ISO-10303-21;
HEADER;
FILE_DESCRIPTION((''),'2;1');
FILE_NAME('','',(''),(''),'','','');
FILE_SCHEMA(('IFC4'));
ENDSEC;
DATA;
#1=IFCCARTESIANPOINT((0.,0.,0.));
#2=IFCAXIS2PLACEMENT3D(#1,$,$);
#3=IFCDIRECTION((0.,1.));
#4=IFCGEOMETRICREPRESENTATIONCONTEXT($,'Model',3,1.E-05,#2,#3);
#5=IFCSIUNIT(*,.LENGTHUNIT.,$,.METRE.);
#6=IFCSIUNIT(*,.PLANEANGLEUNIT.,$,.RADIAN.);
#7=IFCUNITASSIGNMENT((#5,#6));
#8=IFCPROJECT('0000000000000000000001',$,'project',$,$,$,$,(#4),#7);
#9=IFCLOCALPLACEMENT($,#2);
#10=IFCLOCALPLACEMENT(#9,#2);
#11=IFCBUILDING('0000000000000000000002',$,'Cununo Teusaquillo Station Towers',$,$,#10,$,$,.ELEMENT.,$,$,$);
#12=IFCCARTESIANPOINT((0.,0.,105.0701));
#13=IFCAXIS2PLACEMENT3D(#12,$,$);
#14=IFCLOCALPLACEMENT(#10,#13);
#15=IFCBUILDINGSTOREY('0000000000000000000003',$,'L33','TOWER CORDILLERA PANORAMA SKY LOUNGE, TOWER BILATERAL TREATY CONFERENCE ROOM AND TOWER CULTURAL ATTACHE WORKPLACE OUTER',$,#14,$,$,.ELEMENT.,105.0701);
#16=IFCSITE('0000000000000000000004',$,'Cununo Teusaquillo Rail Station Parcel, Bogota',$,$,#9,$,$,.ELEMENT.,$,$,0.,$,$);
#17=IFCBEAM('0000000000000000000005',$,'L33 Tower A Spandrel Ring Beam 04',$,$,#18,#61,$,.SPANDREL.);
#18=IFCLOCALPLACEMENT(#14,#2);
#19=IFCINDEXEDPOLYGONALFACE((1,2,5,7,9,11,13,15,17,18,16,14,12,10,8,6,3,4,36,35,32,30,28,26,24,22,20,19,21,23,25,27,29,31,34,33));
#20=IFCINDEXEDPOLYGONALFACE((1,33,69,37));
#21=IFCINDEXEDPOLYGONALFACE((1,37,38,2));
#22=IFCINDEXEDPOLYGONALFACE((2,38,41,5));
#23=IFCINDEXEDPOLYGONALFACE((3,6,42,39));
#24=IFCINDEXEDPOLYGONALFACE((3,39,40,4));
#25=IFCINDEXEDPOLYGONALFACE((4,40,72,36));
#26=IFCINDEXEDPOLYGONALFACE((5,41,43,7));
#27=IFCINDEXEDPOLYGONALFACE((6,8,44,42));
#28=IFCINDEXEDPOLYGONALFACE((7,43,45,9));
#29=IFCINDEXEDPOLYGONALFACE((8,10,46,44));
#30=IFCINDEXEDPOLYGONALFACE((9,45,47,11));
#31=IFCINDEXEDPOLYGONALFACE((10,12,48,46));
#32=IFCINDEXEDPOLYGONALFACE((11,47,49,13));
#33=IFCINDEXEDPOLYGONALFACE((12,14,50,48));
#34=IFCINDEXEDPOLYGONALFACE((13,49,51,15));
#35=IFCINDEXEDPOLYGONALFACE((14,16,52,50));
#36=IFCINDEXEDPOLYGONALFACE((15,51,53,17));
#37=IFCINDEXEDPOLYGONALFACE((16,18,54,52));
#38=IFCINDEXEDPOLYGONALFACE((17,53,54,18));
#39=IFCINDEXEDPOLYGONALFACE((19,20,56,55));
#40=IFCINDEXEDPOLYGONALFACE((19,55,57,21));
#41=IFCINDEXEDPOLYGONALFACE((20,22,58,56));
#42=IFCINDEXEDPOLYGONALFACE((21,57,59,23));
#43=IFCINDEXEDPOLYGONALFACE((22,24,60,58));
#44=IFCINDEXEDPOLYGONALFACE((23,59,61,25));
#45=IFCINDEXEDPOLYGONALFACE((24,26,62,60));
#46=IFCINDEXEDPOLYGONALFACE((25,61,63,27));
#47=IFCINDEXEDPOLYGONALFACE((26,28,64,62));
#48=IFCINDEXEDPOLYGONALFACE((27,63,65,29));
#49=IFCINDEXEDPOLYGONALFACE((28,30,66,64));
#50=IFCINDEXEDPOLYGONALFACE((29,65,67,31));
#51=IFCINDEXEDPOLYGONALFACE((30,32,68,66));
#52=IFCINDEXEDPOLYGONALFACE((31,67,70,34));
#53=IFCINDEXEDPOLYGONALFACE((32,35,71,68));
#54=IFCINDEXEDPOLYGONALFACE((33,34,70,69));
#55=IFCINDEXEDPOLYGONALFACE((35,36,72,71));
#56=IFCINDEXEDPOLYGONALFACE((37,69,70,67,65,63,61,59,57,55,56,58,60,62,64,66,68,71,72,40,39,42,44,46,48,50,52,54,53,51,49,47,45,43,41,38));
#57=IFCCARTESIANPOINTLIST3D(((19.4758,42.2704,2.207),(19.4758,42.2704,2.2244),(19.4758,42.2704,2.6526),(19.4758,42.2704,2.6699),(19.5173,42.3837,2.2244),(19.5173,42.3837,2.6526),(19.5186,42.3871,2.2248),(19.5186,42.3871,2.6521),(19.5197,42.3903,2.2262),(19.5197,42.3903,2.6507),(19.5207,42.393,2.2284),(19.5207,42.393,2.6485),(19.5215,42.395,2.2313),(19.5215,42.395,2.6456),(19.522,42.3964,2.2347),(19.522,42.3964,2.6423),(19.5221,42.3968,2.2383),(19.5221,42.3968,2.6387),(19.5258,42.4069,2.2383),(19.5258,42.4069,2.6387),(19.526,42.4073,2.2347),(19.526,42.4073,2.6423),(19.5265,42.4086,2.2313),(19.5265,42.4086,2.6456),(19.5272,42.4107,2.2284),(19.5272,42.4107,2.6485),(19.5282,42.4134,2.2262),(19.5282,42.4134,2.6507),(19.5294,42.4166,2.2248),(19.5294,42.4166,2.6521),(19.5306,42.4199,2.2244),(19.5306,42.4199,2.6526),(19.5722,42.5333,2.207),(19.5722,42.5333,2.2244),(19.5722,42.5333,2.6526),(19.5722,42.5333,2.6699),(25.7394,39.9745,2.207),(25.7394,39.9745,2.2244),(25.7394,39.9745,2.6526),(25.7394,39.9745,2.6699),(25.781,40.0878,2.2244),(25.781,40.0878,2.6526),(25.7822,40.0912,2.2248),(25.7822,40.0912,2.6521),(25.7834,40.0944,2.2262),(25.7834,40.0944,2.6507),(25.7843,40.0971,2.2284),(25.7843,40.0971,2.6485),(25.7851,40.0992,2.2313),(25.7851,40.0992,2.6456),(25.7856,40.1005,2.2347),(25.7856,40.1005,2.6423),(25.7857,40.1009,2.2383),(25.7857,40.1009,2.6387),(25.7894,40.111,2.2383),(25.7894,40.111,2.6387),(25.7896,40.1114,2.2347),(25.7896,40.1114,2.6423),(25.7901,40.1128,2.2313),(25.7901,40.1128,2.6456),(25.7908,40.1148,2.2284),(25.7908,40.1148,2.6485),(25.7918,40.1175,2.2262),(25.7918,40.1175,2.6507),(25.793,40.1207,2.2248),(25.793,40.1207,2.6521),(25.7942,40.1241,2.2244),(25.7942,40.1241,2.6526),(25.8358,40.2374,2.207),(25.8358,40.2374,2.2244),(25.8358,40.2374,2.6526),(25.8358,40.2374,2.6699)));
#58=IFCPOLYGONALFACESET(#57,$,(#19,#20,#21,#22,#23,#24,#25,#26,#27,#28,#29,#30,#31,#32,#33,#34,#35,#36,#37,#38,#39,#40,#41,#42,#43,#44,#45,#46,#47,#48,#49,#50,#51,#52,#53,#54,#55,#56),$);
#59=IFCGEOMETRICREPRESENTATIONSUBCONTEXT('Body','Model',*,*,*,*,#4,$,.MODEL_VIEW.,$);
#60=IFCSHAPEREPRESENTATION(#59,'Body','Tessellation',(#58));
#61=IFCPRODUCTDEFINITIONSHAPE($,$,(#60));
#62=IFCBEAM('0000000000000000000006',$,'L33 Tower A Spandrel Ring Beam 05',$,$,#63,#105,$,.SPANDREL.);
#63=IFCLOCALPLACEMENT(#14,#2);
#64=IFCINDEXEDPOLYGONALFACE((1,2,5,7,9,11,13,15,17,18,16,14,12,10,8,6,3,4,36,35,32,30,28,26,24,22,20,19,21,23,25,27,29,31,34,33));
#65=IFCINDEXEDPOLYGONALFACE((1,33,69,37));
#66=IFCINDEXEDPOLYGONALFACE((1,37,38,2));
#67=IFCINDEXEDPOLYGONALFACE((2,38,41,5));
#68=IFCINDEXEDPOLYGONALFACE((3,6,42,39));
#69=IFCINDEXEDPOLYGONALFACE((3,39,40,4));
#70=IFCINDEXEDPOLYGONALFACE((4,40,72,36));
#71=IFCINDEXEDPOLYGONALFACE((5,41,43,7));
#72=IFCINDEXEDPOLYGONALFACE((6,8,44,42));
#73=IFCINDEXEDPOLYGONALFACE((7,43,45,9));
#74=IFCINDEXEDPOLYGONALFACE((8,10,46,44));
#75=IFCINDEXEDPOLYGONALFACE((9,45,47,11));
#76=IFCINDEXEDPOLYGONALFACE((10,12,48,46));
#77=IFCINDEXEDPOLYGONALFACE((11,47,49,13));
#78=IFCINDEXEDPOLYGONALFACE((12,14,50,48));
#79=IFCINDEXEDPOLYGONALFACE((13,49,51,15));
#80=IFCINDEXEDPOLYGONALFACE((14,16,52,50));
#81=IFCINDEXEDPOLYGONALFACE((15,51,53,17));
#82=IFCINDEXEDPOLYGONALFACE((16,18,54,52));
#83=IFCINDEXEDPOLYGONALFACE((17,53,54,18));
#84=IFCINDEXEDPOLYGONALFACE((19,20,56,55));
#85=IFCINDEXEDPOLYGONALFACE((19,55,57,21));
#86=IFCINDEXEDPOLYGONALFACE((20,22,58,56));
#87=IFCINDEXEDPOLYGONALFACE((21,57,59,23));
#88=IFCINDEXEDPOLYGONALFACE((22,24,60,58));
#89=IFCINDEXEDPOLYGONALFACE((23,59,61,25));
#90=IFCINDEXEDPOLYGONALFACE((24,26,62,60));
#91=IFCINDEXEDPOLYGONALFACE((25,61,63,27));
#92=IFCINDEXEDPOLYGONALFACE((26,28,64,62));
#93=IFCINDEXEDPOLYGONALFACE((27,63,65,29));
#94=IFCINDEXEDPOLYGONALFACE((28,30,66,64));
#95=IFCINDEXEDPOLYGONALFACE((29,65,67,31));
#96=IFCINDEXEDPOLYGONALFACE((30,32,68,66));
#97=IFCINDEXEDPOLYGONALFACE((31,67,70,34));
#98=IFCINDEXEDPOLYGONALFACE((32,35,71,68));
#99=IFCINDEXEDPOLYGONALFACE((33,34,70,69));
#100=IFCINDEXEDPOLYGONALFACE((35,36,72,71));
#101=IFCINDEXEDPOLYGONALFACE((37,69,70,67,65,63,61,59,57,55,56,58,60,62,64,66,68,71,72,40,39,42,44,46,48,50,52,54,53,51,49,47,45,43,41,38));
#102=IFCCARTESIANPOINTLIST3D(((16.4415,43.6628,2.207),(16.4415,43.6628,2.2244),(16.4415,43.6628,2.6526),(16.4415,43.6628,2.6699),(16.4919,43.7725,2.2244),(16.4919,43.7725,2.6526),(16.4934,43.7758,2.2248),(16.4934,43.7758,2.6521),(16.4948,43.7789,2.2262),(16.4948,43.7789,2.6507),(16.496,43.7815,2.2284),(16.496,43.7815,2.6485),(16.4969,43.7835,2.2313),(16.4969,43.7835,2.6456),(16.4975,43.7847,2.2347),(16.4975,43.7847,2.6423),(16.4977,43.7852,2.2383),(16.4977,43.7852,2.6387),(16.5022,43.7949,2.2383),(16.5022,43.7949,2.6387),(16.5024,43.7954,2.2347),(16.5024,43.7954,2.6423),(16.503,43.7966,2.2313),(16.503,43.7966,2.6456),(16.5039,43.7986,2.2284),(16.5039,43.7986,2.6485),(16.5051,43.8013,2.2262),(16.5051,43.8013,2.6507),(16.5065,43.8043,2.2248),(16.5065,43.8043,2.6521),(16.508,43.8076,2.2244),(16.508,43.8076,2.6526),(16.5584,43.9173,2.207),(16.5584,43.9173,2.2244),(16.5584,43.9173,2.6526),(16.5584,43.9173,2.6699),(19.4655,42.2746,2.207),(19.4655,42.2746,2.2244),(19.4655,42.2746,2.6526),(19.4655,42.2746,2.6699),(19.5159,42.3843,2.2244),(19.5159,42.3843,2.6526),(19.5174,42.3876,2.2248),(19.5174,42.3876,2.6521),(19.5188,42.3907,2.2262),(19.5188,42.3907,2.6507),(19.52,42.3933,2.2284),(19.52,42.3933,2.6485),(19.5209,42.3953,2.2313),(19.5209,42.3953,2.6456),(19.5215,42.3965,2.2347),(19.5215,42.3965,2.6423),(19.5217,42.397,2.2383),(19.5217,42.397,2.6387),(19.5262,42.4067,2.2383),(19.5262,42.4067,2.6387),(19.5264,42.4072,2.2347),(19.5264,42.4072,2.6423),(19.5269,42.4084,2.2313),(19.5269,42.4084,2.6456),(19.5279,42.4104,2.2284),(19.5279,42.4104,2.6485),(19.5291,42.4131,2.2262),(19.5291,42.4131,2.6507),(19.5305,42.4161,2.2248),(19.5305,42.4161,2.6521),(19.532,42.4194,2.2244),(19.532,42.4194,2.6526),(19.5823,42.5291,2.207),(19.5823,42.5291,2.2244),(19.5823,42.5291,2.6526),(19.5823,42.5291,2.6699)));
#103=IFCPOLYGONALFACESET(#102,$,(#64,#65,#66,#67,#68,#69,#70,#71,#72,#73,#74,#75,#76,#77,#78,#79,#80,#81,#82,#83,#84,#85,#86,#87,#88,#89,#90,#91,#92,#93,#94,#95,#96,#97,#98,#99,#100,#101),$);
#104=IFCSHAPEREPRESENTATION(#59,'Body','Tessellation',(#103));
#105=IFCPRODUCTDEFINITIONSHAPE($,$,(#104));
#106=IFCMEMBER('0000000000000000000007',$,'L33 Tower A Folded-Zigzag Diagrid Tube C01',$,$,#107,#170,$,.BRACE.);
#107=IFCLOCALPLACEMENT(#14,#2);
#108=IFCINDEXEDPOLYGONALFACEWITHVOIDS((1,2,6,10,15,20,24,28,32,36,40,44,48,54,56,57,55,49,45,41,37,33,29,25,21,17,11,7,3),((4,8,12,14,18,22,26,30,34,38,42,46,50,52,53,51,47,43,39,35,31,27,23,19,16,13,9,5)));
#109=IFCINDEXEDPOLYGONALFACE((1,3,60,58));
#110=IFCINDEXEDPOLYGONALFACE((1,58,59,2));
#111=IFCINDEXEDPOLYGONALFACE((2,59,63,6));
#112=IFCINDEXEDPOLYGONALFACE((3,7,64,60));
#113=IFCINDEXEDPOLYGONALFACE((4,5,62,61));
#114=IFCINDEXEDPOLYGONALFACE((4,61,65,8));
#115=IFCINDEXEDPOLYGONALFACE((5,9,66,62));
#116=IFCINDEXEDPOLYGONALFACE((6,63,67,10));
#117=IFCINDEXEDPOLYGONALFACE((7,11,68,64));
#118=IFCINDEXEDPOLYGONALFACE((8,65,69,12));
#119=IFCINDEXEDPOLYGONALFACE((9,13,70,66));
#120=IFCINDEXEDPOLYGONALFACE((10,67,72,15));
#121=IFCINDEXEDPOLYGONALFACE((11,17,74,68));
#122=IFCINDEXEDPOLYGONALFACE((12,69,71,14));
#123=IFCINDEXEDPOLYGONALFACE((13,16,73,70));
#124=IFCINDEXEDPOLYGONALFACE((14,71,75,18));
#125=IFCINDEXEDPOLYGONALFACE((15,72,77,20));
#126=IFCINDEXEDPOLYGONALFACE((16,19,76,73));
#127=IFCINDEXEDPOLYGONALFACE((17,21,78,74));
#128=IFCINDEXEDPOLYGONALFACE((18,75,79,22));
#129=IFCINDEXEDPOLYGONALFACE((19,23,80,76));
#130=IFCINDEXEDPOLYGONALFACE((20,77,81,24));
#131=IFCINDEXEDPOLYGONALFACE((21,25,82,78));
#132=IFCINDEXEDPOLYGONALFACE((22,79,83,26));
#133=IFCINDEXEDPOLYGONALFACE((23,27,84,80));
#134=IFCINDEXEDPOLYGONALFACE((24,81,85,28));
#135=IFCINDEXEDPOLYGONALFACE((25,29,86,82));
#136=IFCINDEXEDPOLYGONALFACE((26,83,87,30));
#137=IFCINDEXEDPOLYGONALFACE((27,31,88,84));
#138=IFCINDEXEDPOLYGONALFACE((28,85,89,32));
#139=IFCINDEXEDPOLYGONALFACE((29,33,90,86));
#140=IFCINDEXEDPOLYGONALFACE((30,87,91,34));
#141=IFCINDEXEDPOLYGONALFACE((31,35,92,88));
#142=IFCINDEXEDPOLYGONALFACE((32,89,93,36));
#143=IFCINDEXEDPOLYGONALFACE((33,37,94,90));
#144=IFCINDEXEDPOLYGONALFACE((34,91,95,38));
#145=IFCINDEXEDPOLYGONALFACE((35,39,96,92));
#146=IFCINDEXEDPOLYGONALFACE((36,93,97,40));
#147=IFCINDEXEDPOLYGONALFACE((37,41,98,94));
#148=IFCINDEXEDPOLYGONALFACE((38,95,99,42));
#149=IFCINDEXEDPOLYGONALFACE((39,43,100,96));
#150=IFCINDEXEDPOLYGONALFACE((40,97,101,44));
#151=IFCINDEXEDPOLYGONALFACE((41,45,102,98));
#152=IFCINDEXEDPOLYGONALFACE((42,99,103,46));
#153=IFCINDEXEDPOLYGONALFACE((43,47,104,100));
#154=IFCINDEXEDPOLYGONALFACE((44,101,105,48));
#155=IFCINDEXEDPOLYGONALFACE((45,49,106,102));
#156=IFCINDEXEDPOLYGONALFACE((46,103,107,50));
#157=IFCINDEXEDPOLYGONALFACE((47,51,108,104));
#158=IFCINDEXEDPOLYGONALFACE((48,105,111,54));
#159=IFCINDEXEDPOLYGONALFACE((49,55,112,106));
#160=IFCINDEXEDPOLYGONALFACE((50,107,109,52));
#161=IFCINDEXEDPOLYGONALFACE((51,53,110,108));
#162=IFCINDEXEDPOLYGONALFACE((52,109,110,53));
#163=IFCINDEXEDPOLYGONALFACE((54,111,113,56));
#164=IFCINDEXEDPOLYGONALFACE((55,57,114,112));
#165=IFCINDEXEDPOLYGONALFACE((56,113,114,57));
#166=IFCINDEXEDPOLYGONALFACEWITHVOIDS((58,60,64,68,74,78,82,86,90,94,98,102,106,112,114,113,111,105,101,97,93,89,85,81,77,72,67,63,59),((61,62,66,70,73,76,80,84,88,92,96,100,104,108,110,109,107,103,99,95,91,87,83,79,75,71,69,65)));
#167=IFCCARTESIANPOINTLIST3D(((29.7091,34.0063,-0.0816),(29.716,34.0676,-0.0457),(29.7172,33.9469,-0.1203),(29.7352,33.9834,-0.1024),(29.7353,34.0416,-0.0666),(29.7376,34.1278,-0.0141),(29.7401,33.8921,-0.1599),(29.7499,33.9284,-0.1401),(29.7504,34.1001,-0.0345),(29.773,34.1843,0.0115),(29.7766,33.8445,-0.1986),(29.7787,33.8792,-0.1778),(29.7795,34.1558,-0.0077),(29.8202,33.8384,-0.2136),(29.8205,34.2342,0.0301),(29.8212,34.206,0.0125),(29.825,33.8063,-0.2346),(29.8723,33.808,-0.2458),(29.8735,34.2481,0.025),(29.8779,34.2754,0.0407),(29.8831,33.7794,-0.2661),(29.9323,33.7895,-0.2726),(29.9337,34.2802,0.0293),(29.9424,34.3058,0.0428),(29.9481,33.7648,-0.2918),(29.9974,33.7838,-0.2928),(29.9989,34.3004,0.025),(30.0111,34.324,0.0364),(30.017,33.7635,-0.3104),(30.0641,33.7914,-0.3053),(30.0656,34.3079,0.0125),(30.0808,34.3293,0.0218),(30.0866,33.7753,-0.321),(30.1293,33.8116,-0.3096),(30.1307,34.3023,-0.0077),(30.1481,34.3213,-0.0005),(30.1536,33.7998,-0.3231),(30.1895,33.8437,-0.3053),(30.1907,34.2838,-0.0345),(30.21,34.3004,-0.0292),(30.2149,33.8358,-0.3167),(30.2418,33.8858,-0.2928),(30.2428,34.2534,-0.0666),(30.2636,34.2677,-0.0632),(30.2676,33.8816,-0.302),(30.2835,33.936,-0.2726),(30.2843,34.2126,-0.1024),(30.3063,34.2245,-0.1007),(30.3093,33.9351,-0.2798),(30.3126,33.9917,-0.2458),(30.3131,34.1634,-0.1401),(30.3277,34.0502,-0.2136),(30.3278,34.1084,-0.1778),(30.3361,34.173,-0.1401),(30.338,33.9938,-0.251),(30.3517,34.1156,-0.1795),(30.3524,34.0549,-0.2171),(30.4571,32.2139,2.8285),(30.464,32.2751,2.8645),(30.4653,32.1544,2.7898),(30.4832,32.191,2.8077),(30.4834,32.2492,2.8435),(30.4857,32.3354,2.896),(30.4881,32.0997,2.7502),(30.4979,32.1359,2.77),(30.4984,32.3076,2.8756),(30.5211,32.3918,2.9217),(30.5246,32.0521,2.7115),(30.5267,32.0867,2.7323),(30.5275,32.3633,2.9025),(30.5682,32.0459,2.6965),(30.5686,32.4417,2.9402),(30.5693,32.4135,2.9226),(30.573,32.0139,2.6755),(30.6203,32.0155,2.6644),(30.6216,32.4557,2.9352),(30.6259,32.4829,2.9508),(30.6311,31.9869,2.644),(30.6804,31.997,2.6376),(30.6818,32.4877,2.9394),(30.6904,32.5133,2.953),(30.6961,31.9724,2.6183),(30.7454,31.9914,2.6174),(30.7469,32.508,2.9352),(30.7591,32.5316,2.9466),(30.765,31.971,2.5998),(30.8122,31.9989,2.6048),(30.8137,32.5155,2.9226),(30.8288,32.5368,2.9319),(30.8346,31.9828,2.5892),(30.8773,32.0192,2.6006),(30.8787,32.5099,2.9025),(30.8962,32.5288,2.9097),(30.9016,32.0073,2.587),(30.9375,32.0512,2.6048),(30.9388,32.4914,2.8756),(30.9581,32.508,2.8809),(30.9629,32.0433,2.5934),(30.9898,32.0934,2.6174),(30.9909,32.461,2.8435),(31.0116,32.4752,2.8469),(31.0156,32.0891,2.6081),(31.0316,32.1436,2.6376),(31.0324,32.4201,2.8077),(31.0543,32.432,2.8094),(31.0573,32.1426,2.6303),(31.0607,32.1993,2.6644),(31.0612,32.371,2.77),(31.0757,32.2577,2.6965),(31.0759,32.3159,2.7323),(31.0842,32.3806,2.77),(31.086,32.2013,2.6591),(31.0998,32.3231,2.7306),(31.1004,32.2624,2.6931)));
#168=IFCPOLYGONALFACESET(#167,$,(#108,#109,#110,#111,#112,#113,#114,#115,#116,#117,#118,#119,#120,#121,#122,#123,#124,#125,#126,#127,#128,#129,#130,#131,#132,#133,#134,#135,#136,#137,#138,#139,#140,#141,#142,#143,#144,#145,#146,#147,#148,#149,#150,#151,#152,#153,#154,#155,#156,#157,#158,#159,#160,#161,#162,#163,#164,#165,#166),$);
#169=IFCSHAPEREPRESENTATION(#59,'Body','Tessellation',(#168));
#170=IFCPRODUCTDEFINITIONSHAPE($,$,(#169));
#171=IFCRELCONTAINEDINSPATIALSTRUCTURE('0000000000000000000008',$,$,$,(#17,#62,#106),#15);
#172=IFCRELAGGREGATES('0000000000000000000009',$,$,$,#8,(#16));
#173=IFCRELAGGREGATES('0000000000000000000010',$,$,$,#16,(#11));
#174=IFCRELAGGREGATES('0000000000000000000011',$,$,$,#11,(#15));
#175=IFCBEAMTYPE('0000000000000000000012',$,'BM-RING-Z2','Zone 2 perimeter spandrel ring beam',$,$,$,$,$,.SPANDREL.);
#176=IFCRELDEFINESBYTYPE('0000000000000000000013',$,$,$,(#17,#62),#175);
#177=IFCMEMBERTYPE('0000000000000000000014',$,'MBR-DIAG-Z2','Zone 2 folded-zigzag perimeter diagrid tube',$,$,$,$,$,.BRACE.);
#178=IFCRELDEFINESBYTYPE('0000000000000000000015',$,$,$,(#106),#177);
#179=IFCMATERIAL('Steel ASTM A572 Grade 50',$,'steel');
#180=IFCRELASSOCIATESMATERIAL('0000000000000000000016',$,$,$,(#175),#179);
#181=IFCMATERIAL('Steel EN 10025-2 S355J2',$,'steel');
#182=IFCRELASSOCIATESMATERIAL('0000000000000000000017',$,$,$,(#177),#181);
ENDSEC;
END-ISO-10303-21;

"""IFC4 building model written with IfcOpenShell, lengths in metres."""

from ifc_helpers import new_model, si_unit, direction, frame, origin, origin_2d, place, context, subcontext, project, spatial, hollow_circle, i_section, extrude, material, material_profile, profile_set, type_object, element, save


model = new_model("IFC4")

# Units and contexts
model_context = context("Model", 3, precision=1e-05, world=origin(), true_north=direction((0.0, 1.0)))
body_context = subcontext(model_context, "Body", "Model", "MODEL_VIEW")
ifc_project = project(units=[si_unit("LENGTHUNIT", "METRE"), si_unit("PLANEANGLEUNIT", "RADIAN")], contexts=[model_context])

# Site, building, storey
site_placement = place(None, origin())
site = spatial("IfcSite", under=ifc_project, at=site_placement, Name="Cununo Teusaquillo Rail Station Parcel, Bogota", CompositionType="ELEMENT", RefElevation=0.0)
building_placement = place(site_placement, origin())
building = spatial("IfcBuilding", under=site, at=building_placement, Name="Cununo Teusaquillo Station Towers", CompositionType="ELEMENT")
storey_placement = place(building_placement, frame((0.0, 0.0, 105.0701)))
storey = spatial("IfcBuildingStorey", under=building, at=storey_placement, Name="L33", Description="TOWER CORDILLERA PANORAMA SKY LOUNGE, TOWER BILATERAL TREATY CONFERENCE ROOM AND TOWER CULTURAL ATTACHE WORKPLACE OUTER", CompositionType="ELEMENT", Elevation=105.0701)

# Beams
ifc_material_1 = material(Name="Steel ASTM A572 Grade 50", Category="steel")
ifc_material_profile_1 = material_profile(ifc_material_1, i_section(OverallWidth=0.28, OverallDepth=0.4629, WebThickness=0.0107, FlangeThickness=0.0173, FilletRadius=0.0139, at=origin_2d()), Name="W18X76")
ifc_profile_set_1 = profile_set([ifc_material_profile_1], Name="Steel ASTM A572 Grade 50")
beam_type_1 = type_object("IfcBeamType", Name="BM-RING-Z2", Description="Zone 2 perimeter spandrel ring beam", PredefinedType="SPANDREL", material=ifc_profile_set_1)
beam_1_placement = place(storey_placement, frame((25.7876, 40.106, 2.4385), z_axis=(-0.938914, 0.344151, 0.0), x_axis=(-0.344151, -0.938914, 0.0)))
element("IfcBeam", 1, at=beam_1_placement, inside=storey, type_object=beam_type_1, Name="L33 Tower A Spandrel Ring Beam 04", PredefinedType="SPANDREL", context=body_context, shape_type="SweptSolid", body=[
    extrude(i_section(OverallWidth=0.28, OverallDepth=0.4629, WebThickness=0.0107, FlangeThickness=0.0173, FilletRadius=0.0139, at=origin_2d()), origin(), (0.0, 0.0, 1.0), 6.6711),
])
beam_2_placement = place(storey_placement, frame((19.5239, 42.4019, 2.4385), z_axis=(-0.908812, 0.417205, 0.0), x_axis=(-0.417205, -0.908812, 0.0)))
element("IfcBeam", 2, at=beam_2_placement, inside=storey, type_object=beam_type_1, Name="L33 Tower A Spandrel Ring Beam 05", PredefinedType="SPANDREL", context=body_context, shape_type="SweptSolid", body=[
    extrude(i_section(OverallWidth=0.28, OverallDepth=0.4629, WebThickness=0.0107, FlangeThickness=0.0173, FilletRadius=0.0139, at=origin_2d()), origin(), (0.0, 0.0, 1.0), 3.3274),
])

# Member
ifc_material_2 = material(Name="Steel EN 10025-2 S355J2", Category="steel")
ifc_material_profile_2 = material_profile(ifc_material_2, hollow_circle(Radius=0.3301, WallThickness=0.0249, at=origin_2d()), Name="CHS 660x25")
ifc_profile_set_2 = profile_set([ifc_material_profile_2], Name="Steel EN 10025-2 S355J2")
member_type = type_object("IfcMemberType", Name="MBR-DIAG-Z2", Description="Zone 2 folded-zigzag perimeter diagrid tube", PredefinedType="BRACE", material=ifc_profile_set_2)
member_1_placement = place(storey_placement, frame((30.0315, 34.0459, -0.1401), z_axis=(0.213801, -0.512314, 0.831759), x_axis=(0.922861, 0.385133, 0.0)))
element("IfcMember", 3, at=member_1_placement, inside=storey, type_object=member_type, Name="L33 Tower A Folded-Zigzag Diagrid Tube C01", PredefinedType="BRACE", context=body_context, shape_type="SweptSolid", body=[
    extrude(hollow_circle(Radius=0.3301, WallThickness=0.0249, at=origin_2d()), origin(), (0.0, 0.0, 1.0), 3.4988),
])

save(model, "model.ifc")
